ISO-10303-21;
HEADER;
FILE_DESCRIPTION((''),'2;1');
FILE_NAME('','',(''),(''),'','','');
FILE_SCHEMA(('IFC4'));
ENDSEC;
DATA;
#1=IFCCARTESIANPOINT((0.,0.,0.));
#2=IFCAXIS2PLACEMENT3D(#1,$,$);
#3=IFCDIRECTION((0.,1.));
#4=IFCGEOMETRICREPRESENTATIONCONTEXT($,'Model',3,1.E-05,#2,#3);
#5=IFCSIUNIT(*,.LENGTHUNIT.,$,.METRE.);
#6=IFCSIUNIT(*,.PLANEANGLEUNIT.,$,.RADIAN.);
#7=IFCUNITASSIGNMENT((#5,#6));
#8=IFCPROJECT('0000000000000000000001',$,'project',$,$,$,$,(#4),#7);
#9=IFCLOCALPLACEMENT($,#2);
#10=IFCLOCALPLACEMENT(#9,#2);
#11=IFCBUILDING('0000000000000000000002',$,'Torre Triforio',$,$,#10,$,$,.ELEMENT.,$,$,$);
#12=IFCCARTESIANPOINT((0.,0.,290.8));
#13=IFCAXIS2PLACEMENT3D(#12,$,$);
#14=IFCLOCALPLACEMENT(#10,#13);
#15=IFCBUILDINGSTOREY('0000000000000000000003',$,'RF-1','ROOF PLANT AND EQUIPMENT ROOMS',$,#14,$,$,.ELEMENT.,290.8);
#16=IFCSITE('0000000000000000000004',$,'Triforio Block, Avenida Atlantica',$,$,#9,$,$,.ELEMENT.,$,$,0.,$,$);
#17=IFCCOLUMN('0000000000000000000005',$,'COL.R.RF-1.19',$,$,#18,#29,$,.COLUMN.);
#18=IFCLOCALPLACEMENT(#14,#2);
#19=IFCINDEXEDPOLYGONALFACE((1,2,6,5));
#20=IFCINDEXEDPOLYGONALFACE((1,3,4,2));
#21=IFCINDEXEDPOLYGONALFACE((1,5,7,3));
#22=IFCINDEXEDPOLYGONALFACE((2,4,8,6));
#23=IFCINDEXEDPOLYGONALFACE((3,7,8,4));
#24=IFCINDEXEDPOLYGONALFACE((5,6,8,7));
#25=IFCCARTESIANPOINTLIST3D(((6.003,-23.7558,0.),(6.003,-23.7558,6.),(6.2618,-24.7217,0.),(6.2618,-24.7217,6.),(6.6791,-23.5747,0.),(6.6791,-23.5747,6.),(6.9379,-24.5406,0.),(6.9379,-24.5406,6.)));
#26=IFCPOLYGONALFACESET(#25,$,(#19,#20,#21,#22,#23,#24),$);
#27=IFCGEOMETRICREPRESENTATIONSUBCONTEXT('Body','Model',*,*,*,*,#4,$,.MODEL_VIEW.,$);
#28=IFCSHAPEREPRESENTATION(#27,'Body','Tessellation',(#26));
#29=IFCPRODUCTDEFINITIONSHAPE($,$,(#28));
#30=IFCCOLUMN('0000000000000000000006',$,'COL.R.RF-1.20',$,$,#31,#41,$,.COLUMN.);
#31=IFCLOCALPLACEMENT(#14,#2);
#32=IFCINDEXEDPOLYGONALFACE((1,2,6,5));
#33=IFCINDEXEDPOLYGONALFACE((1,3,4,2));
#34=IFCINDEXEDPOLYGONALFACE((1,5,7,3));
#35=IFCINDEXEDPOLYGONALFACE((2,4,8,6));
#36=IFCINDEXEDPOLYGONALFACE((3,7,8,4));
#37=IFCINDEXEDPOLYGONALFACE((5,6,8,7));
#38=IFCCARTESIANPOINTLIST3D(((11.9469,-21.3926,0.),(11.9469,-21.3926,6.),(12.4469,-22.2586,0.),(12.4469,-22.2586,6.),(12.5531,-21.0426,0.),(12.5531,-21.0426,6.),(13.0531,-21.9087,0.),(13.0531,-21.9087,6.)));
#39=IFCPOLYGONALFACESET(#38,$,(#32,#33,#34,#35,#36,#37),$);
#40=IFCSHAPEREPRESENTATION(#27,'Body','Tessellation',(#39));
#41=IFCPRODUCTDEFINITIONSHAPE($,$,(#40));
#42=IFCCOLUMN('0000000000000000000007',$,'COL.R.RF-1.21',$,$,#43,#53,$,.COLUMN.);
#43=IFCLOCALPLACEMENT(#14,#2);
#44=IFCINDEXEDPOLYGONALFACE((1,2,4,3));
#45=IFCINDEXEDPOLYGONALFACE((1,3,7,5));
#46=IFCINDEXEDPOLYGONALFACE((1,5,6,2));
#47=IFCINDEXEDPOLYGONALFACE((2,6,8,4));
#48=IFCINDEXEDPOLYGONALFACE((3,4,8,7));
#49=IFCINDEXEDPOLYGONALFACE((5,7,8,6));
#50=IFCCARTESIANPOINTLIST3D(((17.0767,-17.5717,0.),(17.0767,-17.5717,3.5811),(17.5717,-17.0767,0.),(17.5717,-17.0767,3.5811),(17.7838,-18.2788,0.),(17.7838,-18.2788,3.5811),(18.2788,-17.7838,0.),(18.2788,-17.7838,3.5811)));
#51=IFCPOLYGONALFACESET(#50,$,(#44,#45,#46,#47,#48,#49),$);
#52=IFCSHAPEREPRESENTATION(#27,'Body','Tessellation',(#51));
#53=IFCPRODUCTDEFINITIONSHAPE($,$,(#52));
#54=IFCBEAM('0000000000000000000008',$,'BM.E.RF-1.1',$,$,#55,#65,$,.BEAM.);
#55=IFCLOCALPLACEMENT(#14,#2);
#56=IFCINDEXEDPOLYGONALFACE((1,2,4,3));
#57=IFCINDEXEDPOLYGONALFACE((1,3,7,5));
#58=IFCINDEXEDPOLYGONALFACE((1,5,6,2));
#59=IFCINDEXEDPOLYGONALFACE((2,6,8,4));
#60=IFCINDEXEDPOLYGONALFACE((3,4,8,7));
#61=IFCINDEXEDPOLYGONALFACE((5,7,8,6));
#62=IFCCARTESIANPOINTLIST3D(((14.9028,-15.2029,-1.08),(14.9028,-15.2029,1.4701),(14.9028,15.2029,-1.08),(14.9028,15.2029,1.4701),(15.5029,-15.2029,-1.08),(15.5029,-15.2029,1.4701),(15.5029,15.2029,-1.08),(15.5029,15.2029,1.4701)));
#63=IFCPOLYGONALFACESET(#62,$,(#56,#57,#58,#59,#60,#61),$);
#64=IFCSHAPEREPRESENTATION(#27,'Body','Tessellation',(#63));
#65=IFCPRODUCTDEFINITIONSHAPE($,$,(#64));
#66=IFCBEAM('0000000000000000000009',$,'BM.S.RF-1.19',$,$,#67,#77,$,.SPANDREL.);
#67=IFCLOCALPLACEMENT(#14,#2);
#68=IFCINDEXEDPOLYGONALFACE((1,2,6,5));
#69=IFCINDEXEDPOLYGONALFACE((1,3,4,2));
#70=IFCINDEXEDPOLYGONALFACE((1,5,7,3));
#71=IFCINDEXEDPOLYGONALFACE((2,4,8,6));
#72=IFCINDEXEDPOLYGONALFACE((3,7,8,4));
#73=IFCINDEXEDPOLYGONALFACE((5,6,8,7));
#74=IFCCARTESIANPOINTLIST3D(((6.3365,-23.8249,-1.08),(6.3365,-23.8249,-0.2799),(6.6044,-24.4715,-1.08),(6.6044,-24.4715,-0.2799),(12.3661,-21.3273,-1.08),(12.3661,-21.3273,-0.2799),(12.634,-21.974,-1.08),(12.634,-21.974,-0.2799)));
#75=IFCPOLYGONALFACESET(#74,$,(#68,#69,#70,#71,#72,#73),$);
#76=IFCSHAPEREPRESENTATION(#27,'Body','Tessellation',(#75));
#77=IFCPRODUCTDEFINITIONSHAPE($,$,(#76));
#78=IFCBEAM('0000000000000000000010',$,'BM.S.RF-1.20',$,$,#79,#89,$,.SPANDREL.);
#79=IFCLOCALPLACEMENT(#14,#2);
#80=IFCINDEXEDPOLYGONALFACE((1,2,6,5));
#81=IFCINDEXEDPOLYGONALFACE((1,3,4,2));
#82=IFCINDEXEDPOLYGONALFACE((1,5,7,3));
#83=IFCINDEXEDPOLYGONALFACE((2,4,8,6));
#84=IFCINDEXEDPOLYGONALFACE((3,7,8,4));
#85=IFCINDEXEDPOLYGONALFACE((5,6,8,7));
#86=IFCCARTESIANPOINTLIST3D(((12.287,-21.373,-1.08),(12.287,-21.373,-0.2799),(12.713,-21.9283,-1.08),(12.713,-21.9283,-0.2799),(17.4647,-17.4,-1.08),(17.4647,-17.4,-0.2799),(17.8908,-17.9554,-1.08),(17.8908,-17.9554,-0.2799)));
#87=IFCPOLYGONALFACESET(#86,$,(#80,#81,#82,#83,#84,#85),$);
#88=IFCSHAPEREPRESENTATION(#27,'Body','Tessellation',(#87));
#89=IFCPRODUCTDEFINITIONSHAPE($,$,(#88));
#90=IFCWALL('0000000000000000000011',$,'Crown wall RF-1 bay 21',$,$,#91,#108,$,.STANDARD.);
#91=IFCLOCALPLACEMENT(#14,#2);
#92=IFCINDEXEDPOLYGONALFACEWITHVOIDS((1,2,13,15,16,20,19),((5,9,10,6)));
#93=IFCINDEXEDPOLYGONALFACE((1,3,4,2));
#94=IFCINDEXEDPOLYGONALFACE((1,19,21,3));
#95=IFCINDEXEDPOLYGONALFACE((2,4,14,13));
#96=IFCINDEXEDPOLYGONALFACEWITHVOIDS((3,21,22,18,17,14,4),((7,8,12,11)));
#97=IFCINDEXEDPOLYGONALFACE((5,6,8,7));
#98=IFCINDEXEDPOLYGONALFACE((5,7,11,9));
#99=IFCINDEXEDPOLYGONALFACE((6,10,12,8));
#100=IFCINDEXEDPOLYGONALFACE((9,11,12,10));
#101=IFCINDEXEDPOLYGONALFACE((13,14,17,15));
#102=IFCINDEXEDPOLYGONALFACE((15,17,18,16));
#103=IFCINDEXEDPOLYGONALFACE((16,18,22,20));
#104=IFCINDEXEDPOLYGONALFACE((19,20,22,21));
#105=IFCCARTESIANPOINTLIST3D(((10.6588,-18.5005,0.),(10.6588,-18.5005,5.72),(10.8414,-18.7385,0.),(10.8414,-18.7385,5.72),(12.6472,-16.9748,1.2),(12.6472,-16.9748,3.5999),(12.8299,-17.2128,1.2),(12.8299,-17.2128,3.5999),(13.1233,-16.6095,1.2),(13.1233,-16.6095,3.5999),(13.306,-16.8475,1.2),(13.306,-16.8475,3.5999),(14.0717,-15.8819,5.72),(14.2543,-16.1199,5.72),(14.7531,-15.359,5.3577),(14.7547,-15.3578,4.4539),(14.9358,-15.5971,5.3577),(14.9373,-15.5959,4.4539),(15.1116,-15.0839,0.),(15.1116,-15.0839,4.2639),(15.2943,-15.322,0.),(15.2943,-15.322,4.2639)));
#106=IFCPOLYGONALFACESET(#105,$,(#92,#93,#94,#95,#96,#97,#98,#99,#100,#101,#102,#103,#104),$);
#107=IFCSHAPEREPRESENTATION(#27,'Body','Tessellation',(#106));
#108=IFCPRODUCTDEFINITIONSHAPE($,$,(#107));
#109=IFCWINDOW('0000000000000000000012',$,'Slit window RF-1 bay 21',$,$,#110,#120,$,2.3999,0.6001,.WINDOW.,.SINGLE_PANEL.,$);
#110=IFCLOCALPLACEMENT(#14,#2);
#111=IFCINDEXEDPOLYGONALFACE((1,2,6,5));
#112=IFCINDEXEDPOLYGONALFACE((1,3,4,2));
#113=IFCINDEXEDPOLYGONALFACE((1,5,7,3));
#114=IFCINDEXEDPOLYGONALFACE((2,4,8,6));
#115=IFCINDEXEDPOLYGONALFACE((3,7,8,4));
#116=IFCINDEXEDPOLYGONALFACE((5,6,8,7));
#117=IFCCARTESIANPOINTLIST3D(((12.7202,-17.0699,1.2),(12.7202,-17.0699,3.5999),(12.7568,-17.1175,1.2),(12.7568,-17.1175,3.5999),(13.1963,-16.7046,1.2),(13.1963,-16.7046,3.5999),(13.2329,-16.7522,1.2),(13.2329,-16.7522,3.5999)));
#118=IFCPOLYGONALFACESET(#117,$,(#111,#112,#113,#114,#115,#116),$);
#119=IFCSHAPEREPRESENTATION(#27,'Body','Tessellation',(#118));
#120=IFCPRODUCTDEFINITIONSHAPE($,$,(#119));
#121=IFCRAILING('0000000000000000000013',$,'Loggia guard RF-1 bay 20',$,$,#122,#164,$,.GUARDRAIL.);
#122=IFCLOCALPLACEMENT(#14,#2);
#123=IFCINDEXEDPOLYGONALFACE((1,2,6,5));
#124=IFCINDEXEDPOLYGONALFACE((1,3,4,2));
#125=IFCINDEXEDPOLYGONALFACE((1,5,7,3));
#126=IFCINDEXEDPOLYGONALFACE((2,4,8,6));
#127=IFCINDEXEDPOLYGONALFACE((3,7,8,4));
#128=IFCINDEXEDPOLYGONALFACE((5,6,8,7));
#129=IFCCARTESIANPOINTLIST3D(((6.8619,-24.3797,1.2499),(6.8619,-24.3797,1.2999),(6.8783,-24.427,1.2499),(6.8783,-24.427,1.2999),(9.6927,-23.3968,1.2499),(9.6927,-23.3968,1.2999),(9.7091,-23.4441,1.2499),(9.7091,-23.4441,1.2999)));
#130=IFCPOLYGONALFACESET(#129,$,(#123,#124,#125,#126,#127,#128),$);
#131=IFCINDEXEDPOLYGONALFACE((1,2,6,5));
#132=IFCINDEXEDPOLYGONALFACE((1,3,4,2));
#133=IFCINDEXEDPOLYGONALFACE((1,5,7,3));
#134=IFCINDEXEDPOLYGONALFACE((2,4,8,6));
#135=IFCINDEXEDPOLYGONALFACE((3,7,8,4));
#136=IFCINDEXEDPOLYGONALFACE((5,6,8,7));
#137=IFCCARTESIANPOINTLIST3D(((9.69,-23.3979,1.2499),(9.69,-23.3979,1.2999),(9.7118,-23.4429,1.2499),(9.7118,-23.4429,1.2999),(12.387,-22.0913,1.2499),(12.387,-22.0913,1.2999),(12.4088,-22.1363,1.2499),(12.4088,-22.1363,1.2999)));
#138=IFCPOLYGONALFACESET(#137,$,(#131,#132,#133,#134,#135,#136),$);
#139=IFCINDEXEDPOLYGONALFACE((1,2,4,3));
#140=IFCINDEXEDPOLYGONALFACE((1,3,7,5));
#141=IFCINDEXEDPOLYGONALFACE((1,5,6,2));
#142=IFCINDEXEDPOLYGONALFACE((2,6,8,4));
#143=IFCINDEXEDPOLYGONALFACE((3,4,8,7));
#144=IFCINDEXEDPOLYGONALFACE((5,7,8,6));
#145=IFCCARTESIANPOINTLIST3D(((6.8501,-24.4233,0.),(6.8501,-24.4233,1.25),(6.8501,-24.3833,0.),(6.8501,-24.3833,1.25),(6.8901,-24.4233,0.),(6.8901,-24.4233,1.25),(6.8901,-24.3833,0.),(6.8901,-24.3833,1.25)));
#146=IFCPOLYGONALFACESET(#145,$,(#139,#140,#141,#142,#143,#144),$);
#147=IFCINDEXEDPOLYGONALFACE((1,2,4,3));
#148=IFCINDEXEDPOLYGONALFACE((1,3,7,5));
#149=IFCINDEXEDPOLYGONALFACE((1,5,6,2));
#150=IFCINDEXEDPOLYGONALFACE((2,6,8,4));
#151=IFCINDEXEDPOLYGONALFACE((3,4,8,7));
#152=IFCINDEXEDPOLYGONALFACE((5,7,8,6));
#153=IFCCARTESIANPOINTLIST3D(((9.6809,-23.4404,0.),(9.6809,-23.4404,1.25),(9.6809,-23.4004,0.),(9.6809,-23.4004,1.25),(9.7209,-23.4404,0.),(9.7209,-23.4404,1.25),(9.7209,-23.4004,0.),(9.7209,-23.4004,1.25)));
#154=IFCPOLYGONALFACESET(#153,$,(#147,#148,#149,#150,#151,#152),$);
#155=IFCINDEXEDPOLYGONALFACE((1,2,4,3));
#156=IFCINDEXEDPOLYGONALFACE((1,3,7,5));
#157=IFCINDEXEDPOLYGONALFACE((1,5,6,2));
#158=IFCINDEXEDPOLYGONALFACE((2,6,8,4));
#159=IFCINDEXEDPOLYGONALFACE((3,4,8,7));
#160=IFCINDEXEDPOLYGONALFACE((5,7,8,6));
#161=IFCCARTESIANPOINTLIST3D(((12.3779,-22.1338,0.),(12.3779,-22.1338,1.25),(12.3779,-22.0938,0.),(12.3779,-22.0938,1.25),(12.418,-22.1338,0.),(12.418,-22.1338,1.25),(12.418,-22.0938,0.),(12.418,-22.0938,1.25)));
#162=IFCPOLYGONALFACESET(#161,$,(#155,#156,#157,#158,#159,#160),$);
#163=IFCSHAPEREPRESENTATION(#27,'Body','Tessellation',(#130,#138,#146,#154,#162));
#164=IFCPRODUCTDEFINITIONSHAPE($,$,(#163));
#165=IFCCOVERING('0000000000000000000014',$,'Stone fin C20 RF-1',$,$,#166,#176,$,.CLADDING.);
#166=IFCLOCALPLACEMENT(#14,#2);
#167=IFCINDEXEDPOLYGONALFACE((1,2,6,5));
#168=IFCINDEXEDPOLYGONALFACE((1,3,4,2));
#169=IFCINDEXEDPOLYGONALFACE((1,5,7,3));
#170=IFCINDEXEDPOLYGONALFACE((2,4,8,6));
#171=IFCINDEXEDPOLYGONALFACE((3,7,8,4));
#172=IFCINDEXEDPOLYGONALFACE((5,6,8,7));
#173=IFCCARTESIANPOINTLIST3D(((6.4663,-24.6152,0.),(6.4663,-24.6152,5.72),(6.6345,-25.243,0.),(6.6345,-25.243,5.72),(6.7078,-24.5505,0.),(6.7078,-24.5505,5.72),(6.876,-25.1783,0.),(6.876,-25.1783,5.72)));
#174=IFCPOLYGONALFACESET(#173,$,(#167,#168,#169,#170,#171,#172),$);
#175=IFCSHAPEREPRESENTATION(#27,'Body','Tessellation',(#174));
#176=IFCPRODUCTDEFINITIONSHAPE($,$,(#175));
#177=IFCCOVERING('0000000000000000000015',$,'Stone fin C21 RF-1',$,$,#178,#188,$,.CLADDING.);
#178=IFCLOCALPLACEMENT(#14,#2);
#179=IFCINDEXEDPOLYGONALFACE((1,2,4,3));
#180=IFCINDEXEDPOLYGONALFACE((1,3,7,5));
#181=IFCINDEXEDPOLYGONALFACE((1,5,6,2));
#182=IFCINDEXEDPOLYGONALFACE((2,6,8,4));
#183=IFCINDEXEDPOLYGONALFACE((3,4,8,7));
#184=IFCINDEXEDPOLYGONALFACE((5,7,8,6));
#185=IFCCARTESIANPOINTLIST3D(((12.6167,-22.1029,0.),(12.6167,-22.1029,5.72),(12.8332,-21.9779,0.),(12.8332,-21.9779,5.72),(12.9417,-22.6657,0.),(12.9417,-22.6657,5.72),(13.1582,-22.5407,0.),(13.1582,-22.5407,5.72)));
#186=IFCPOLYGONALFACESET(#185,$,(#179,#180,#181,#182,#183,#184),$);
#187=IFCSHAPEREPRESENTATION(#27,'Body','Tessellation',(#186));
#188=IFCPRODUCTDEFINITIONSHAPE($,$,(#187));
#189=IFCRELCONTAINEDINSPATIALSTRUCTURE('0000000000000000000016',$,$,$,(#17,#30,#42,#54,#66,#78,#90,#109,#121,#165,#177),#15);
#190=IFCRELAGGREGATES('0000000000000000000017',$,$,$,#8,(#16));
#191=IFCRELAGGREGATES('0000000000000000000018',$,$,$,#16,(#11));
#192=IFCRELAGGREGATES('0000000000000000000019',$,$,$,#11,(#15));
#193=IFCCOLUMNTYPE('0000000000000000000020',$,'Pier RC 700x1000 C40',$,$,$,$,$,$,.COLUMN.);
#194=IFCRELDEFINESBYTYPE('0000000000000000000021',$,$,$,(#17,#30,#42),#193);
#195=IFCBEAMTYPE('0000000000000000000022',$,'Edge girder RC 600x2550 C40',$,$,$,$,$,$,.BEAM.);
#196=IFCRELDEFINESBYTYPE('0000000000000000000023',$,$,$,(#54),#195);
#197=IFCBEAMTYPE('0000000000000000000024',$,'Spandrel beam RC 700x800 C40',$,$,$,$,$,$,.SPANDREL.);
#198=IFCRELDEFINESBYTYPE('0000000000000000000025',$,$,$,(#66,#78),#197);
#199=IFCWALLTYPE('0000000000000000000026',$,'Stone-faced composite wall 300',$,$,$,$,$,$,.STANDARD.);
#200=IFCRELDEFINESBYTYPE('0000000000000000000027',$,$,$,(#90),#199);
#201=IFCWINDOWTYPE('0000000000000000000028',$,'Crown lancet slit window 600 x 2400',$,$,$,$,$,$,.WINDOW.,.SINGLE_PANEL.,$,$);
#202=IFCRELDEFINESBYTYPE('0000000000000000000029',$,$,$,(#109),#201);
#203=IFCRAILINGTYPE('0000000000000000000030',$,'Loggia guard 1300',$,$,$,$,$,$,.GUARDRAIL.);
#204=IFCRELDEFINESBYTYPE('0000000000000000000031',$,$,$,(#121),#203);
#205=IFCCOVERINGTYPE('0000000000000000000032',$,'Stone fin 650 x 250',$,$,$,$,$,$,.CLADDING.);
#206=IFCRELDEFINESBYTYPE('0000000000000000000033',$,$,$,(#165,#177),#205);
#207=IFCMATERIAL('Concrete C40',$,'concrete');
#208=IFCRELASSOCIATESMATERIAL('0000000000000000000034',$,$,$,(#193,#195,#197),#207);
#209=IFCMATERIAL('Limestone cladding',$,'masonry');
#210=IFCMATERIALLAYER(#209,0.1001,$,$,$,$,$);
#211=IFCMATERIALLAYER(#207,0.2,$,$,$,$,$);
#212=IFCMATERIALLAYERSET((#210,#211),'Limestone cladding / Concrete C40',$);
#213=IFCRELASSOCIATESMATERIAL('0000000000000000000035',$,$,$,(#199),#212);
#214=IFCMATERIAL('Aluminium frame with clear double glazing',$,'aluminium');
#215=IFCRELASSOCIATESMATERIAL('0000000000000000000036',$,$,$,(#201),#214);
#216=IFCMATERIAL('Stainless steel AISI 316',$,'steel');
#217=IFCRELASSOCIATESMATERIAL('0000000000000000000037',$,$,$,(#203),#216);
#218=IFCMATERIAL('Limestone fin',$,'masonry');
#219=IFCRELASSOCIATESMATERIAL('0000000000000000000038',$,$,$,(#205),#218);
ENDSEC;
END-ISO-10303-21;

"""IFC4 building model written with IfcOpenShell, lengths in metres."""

from ifc_helpers import new_model, si_unit, direction, frame, frame_2d, origin, origin_2d, place, context, subcontext, project, spatial, polyline, rectangle, outline, extrude, material, layer, layer_set, material_profile, profile_set, type_object, element, fill, save


model = new_model("IFC4")

# Units and contexts
model_context = context("Model", 3, precision=1e-05, world=origin(), true_north=direction((0.0, 1.0)))
body_context = subcontext(model_context, "Body", "Model", "MODEL_VIEW")
ifc_project = project(units=[si_unit("LENGTHUNIT", "METRE"), si_unit("PLANEANGLEUNIT", "RADIAN")], contexts=[model_context])

# Site, building, storey
site_placement = place(None, origin())
site = spatial("IfcSite", under=ifc_project, at=site_placement, Name="Triforio Block, Avenida Atlantica", CompositionType="ELEMENT", RefElevation=0.0)
building_placement = place(site_placement, origin())
building = spatial("IfcBuilding", under=site, at=building_placement, Name="Torre Triforio", CompositionType="ELEMENT")
storey_placement = place(building_placement, frame((0.0, 0.0, 290.8)))
storey = spatial("IfcBuildingStorey", under=building, at=storey_placement, Name="RF-1", Description="ROOF PLANT AND EQUIPMENT ROOMS", CompositionType="ELEMENT", Elevation=290.8)

# Columns
ifc_material_1 = material(Name="Concrete C40", Category="concrete")
ifc_material_profile_1 = material_profile(ifc_material_1, rectangle(XDim=0.7, YDim=1.0, at=origin_2d()), Name="RC 700x1000")
ifc_profile_set_1 = profile_set([ifc_material_profile_1], Name="Concrete C40")
column_type = type_object("IfcColumnType", Name="Pier RC 700x1000 C40", PredefinedType="COLUMN", material=ifc_profile_set_1)
for number, where, z_axis, x_axis, name in (
    (1, (6.4705, -24.1482, 0.0), (0.0, 0.0, 1.0), (0.965926, 0.258819, 0.0), "COL.R.RF-1.19"),
    (2, (12.5, -21.6506, 0.0), (0.0, 0.0, 1.0), (0.866025, 0.5, 0.0), "COL.R.RF-1.20"),
):
    element("IfcColumn", number, at=place(storey_placement, frame(where, z_axis=z_axis, x_axis=x_axis)), inside=storey, type_object=column_type, Name=name, PredefinedType="COLUMN", context=body_context, shape_type="SweptSolid", body=[
        extrude(rectangle(XDim=0.7, YDim=1.0, at=origin_2d()), origin(), (0.0, 0.0, 1.0), 6.0),
    ])
column_placement = place(storey_placement, frame((17.6777, -17.6777, 0.0), z_axis=(0.0, 0.0, 1.0), x_axis=(0.707107, 0.707107, 0.0)))
element("IfcColumn", 3, at=column_placement, inside=storey, type_object=column_type, Name="COL.R.RF-1.21", PredefinedType="COLUMN", context=body_context, shape_type="SweptSolid", body=[
    extrude(rectangle(XDim=0.7, YDim=1.0, at=origin_2d()), origin(), (0.0, 0.0, 1.0), 3.5811),
])

# Beams
ifc_material_profile_2 = material_profile(ifc_material_1, rectangle(XDim=0.6001, YDim=2.55, at=origin_2d()), Name="RC 600x2550")
ifc_profile_set_2 = profile_set([ifc_material_profile_2], Name="Concrete C40")
beam_type_1 = type_object("IfcBeamType", Name="Edge girder RC 600x2550 C40", PredefinedType="BEAM", material=ifc_profile_set_2)
beam_placement = place(storey_placement, frame((15.2029, -15.2029, 0.1951), z_axis=(0.0, 1.0, 0.0), x_axis=(-1.0, 0.0, 0.0)))
element("IfcBeam", 4, at=beam_placement, inside=storey, type_object=beam_type_1, Name="BM.E.RF-1.1", PredefinedType="BEAM", context=body_context, shape_type="SweptSolid", body=[
    extrude(rectangle(XDim=0.6001, YDim=2.55, at=origin_2d()), origin(), (0.0, 0.0, 1.0), 30.4058),
])
ifc_material_profile_3 = material_profile(ifc_material_1, rectangle(XDim=0.7, YDim=0.8, at=origin_2d()), Name="RC 700x800")
ifc_profile_set_3 = profile_set([ifc_material_profile_3], Name="Concrete C40")
beam_type_2 = type_object("IfcBeamType", Name="Spandrel beam RC 700x800 C40", PredefinedType="SPANDREL", material=ifc_profile_set_3)
for number, where, z_axis, x_axis, name in (
    (5, (6.4705, -24.1482, -0.6799), (0.923877, 0.382689, 0.0), (-0.382689, 0.923877, 0.0), "BM.S.RF-1.19"),
    (6, (12.5, -21.6506, -0.6799), (0.793362, 0.60875, 0.0), (-0.60875, 0.793362, 0.0), "BM.S.RF-1.20"),
):
    element("IfcBeam", number, at=place(storey_placement, frame(where, z_axis=z_axis, x_axis=x_axis)), inside=storey, type_object=beam_type_2, Name=name, PredefinedType="SPANDREL", context=body_context, shape_type="SweptSolid", body=[
        extrude(rectangle(XDim=0.7, YDim=0.8, at=origin_2d()), origin(), (0.0, 0.0, 1.0), 6.5264),
    ])

# Wall, opening, window
ifc_material_2 = material(Name="Limestone cladding", Category="masonry")
ifc_layer_1 = layer(ifc_material_2, 0.1001)
ifc_layer_2 = layer(ifc_material_1, 0.2)
ifc_layer_set = layer_set([ifc_layer_1, ifc_layer_2], Name="Limestone cladding / Concrete C40")
wall_type = type_object("IfcWallType", Name="Stone-faced composite wall 300", PredefinedType="STANDARD", material=ifc_layer_set)
wall_placement = place(storey_placement, frame((10.75, -18.6194, 0.0), z_axis=(0.0, 0.0, 1.0), x_axis=(0.79338, 0.608726, 0.0)))
wall = element("IfcWall", 7, at=wall_placement, inside=storey, type_object=wall_type, Name="Crown wall RF-1 bay 21", PredefinedType="STANDARD", context=body_context, shape_type="SweptSolid", body=[
    extrude(outline(polyline([(0.0, 0.0), (5.6125, 0.0), (5.6125, 4.2639), (5.1626, 4.4539), (5.1606, 5.3577), (4.3018, 5.72), (0.0, 5.72), (0.0, 0.0)])), frame((0.0, 0.1499, 0.0), z_axis=(0.0, -1.0, 0.0), x_axis=(1.0, 0.0, 0.0)), (0.0, 0.0, 1.0), 0.3),
])
opening_placement = place(wall_placement, frame((2.5063, 0.0, 1.2)))
opening = element("IfcOpeningElement", 8, at=opening_placement, cuts=wall, PredefinedType="OPENING", context=body_context, shape_type="SweptSolid", body=[
    extrude(rectangle(XDim=0.6001, YDim=2.3999, at=frame_2d((0.3, 1.2))), frame((0.0, 0.1599, 0.0), z_axis=(0.0, -1.0, 0.0), x_axis=(1.0, 0.0, 0.0)), (0.0, 0.0, 1.0), 0.3201),
])
ifc_material_3 = material(Name="Aluminium frame with clear double glazing", Category="aluminium")
window_type = type_object("IfcWindowType", Name="Crown lancet slit window 600 x 2400", PartitioningType="SINGLE_PANEL", PredefinedType="WINDOW", material=ifc_material_3)
window_placement = place(opening_placement, origin())
window = element("IfcWindow", 9, at=window_placement, inside=storey, type_object=window_type, Name="Slit window RF-1 bay 21", OverallHeight=2.3999, OverallWidth=0.6001, PartitioningType="SINGLE_PANEL", PredefinedType="WINDOW", context=body_context, shape_type="SweptSolid", body=[
    extrude(rectangle(XDim=0.6001, YDim=2.3999, at=frame_2d((0.3, 1.2))), frame((0.0, 0.03, 0.0), z_axis=(0.0, -1.0, 0.0), x_axis=(1.0, 0.0, 0.0)), (0.0, 0.0, 1.0), 0.0601),
])
fill(opening, window)

# Railing
ifc_material_4 = material(Name="Stainless steel AISI 316", Category="steel")
railing_type = type_object("IfcRailingType", Name="Loggia guard 1300", PredefinedType="GUARDRAIL", material=ifc_material_4)
railing_placement = place(storey_placement, frame((6.8701, -24.4033, 0.0)))
element("IfcRailing", 10, at=railing_placement, inside=storey, type_object=railing_type, Name="Loggia guard RF-1 bay 20", PredefinedType="GUARDRAIL", context=body_context, shape_type="SweptSolid", body=[
    extrude(rectangle(XDim=0.05, YDim=0.05, at=origin_2d()), frame((0.0, 0.0, 1.2749), z_axis=(0.944675, 0.328009, 0.0), x_axis=(-0.328009, 0.944675, 0.0)), (0.0, 0.0, 1.0), 2.9966),
    extrude(rectangle(XDim=0.05, YDim=0.05, at=origin_2d()), frame((2.8308, 0.9829, 1.2749), z_axis=(0.899946, 0.436002, 0.0), x_axis=(-0.436002, 0.899946, 0.0)), (0.0, 0.0, 1.0), 2.9968),
    extrude(rectangle(XDim=0.04, YDim=0.04, at=origin_2d()), origin(), (0.0, 0.0, 1.0), 1.25),
    extrude(rectangle(XDim=0.04, YDim=0.04, at=origin_2d()), frame((2.8308, 0.9829, 0.0)), (0.0, 0.0, 1.0), 1.25),
    extrude(rectangle(XDim=0.04, YDim=0.04, at=origin_2d()), frame((5.5278, 2.2896, 0.0)), (0.0, 0.0, 1.0), 1.25),
])

# Coverings
ifc_material_5 = material(Name="Limestone fin", Category="masonry")
ifc_material_profile_4 = material_profile(ifc_material_5, rectangle(XDim=0.6499, YDim=0.25, at=origin_2d()), Name="FIN 650x250")
ifc_profile_set_4 = profile_set([ifc_material_profile_4], Name="Limestone fin")
covering_type_1 = type_object("IfcCoveringType", Name="Stone fin 650 x 250", PredefinedType="CLADDING", material=ifc_profile_set_4)
for number, where, z_axis, x_axis, name in (
    (11, (6.6711, -24.8967, 0.0), (0.0, 0.0, 1.0), (0.258819, -0.965926, 0.0), "Stone fin C20 RF-1"),
    (12, (12.8875, -22.3218, 0.0), (0.0, 0.0, 1.0), (0.5, -0.866025, 0.0), "Stone fin C21 RF-1"),
):
    element("IfcCovering", number, at=place(storey_placement, frame(where, z_axis=z_axis, x_axis=x_axis)), inside=storey, type_object=covering_type_1, Name=name, PredefinedType="CLADDING", context=body_context, shape_type="SweptSolid", body=[
        extrude(rectangle(XDim=0.6499, YDim=0.25, at=origin_2d()), origin(), (0.0, 0.0, 1.0), 5.72),
    ])

save(model, "model.ifc")
